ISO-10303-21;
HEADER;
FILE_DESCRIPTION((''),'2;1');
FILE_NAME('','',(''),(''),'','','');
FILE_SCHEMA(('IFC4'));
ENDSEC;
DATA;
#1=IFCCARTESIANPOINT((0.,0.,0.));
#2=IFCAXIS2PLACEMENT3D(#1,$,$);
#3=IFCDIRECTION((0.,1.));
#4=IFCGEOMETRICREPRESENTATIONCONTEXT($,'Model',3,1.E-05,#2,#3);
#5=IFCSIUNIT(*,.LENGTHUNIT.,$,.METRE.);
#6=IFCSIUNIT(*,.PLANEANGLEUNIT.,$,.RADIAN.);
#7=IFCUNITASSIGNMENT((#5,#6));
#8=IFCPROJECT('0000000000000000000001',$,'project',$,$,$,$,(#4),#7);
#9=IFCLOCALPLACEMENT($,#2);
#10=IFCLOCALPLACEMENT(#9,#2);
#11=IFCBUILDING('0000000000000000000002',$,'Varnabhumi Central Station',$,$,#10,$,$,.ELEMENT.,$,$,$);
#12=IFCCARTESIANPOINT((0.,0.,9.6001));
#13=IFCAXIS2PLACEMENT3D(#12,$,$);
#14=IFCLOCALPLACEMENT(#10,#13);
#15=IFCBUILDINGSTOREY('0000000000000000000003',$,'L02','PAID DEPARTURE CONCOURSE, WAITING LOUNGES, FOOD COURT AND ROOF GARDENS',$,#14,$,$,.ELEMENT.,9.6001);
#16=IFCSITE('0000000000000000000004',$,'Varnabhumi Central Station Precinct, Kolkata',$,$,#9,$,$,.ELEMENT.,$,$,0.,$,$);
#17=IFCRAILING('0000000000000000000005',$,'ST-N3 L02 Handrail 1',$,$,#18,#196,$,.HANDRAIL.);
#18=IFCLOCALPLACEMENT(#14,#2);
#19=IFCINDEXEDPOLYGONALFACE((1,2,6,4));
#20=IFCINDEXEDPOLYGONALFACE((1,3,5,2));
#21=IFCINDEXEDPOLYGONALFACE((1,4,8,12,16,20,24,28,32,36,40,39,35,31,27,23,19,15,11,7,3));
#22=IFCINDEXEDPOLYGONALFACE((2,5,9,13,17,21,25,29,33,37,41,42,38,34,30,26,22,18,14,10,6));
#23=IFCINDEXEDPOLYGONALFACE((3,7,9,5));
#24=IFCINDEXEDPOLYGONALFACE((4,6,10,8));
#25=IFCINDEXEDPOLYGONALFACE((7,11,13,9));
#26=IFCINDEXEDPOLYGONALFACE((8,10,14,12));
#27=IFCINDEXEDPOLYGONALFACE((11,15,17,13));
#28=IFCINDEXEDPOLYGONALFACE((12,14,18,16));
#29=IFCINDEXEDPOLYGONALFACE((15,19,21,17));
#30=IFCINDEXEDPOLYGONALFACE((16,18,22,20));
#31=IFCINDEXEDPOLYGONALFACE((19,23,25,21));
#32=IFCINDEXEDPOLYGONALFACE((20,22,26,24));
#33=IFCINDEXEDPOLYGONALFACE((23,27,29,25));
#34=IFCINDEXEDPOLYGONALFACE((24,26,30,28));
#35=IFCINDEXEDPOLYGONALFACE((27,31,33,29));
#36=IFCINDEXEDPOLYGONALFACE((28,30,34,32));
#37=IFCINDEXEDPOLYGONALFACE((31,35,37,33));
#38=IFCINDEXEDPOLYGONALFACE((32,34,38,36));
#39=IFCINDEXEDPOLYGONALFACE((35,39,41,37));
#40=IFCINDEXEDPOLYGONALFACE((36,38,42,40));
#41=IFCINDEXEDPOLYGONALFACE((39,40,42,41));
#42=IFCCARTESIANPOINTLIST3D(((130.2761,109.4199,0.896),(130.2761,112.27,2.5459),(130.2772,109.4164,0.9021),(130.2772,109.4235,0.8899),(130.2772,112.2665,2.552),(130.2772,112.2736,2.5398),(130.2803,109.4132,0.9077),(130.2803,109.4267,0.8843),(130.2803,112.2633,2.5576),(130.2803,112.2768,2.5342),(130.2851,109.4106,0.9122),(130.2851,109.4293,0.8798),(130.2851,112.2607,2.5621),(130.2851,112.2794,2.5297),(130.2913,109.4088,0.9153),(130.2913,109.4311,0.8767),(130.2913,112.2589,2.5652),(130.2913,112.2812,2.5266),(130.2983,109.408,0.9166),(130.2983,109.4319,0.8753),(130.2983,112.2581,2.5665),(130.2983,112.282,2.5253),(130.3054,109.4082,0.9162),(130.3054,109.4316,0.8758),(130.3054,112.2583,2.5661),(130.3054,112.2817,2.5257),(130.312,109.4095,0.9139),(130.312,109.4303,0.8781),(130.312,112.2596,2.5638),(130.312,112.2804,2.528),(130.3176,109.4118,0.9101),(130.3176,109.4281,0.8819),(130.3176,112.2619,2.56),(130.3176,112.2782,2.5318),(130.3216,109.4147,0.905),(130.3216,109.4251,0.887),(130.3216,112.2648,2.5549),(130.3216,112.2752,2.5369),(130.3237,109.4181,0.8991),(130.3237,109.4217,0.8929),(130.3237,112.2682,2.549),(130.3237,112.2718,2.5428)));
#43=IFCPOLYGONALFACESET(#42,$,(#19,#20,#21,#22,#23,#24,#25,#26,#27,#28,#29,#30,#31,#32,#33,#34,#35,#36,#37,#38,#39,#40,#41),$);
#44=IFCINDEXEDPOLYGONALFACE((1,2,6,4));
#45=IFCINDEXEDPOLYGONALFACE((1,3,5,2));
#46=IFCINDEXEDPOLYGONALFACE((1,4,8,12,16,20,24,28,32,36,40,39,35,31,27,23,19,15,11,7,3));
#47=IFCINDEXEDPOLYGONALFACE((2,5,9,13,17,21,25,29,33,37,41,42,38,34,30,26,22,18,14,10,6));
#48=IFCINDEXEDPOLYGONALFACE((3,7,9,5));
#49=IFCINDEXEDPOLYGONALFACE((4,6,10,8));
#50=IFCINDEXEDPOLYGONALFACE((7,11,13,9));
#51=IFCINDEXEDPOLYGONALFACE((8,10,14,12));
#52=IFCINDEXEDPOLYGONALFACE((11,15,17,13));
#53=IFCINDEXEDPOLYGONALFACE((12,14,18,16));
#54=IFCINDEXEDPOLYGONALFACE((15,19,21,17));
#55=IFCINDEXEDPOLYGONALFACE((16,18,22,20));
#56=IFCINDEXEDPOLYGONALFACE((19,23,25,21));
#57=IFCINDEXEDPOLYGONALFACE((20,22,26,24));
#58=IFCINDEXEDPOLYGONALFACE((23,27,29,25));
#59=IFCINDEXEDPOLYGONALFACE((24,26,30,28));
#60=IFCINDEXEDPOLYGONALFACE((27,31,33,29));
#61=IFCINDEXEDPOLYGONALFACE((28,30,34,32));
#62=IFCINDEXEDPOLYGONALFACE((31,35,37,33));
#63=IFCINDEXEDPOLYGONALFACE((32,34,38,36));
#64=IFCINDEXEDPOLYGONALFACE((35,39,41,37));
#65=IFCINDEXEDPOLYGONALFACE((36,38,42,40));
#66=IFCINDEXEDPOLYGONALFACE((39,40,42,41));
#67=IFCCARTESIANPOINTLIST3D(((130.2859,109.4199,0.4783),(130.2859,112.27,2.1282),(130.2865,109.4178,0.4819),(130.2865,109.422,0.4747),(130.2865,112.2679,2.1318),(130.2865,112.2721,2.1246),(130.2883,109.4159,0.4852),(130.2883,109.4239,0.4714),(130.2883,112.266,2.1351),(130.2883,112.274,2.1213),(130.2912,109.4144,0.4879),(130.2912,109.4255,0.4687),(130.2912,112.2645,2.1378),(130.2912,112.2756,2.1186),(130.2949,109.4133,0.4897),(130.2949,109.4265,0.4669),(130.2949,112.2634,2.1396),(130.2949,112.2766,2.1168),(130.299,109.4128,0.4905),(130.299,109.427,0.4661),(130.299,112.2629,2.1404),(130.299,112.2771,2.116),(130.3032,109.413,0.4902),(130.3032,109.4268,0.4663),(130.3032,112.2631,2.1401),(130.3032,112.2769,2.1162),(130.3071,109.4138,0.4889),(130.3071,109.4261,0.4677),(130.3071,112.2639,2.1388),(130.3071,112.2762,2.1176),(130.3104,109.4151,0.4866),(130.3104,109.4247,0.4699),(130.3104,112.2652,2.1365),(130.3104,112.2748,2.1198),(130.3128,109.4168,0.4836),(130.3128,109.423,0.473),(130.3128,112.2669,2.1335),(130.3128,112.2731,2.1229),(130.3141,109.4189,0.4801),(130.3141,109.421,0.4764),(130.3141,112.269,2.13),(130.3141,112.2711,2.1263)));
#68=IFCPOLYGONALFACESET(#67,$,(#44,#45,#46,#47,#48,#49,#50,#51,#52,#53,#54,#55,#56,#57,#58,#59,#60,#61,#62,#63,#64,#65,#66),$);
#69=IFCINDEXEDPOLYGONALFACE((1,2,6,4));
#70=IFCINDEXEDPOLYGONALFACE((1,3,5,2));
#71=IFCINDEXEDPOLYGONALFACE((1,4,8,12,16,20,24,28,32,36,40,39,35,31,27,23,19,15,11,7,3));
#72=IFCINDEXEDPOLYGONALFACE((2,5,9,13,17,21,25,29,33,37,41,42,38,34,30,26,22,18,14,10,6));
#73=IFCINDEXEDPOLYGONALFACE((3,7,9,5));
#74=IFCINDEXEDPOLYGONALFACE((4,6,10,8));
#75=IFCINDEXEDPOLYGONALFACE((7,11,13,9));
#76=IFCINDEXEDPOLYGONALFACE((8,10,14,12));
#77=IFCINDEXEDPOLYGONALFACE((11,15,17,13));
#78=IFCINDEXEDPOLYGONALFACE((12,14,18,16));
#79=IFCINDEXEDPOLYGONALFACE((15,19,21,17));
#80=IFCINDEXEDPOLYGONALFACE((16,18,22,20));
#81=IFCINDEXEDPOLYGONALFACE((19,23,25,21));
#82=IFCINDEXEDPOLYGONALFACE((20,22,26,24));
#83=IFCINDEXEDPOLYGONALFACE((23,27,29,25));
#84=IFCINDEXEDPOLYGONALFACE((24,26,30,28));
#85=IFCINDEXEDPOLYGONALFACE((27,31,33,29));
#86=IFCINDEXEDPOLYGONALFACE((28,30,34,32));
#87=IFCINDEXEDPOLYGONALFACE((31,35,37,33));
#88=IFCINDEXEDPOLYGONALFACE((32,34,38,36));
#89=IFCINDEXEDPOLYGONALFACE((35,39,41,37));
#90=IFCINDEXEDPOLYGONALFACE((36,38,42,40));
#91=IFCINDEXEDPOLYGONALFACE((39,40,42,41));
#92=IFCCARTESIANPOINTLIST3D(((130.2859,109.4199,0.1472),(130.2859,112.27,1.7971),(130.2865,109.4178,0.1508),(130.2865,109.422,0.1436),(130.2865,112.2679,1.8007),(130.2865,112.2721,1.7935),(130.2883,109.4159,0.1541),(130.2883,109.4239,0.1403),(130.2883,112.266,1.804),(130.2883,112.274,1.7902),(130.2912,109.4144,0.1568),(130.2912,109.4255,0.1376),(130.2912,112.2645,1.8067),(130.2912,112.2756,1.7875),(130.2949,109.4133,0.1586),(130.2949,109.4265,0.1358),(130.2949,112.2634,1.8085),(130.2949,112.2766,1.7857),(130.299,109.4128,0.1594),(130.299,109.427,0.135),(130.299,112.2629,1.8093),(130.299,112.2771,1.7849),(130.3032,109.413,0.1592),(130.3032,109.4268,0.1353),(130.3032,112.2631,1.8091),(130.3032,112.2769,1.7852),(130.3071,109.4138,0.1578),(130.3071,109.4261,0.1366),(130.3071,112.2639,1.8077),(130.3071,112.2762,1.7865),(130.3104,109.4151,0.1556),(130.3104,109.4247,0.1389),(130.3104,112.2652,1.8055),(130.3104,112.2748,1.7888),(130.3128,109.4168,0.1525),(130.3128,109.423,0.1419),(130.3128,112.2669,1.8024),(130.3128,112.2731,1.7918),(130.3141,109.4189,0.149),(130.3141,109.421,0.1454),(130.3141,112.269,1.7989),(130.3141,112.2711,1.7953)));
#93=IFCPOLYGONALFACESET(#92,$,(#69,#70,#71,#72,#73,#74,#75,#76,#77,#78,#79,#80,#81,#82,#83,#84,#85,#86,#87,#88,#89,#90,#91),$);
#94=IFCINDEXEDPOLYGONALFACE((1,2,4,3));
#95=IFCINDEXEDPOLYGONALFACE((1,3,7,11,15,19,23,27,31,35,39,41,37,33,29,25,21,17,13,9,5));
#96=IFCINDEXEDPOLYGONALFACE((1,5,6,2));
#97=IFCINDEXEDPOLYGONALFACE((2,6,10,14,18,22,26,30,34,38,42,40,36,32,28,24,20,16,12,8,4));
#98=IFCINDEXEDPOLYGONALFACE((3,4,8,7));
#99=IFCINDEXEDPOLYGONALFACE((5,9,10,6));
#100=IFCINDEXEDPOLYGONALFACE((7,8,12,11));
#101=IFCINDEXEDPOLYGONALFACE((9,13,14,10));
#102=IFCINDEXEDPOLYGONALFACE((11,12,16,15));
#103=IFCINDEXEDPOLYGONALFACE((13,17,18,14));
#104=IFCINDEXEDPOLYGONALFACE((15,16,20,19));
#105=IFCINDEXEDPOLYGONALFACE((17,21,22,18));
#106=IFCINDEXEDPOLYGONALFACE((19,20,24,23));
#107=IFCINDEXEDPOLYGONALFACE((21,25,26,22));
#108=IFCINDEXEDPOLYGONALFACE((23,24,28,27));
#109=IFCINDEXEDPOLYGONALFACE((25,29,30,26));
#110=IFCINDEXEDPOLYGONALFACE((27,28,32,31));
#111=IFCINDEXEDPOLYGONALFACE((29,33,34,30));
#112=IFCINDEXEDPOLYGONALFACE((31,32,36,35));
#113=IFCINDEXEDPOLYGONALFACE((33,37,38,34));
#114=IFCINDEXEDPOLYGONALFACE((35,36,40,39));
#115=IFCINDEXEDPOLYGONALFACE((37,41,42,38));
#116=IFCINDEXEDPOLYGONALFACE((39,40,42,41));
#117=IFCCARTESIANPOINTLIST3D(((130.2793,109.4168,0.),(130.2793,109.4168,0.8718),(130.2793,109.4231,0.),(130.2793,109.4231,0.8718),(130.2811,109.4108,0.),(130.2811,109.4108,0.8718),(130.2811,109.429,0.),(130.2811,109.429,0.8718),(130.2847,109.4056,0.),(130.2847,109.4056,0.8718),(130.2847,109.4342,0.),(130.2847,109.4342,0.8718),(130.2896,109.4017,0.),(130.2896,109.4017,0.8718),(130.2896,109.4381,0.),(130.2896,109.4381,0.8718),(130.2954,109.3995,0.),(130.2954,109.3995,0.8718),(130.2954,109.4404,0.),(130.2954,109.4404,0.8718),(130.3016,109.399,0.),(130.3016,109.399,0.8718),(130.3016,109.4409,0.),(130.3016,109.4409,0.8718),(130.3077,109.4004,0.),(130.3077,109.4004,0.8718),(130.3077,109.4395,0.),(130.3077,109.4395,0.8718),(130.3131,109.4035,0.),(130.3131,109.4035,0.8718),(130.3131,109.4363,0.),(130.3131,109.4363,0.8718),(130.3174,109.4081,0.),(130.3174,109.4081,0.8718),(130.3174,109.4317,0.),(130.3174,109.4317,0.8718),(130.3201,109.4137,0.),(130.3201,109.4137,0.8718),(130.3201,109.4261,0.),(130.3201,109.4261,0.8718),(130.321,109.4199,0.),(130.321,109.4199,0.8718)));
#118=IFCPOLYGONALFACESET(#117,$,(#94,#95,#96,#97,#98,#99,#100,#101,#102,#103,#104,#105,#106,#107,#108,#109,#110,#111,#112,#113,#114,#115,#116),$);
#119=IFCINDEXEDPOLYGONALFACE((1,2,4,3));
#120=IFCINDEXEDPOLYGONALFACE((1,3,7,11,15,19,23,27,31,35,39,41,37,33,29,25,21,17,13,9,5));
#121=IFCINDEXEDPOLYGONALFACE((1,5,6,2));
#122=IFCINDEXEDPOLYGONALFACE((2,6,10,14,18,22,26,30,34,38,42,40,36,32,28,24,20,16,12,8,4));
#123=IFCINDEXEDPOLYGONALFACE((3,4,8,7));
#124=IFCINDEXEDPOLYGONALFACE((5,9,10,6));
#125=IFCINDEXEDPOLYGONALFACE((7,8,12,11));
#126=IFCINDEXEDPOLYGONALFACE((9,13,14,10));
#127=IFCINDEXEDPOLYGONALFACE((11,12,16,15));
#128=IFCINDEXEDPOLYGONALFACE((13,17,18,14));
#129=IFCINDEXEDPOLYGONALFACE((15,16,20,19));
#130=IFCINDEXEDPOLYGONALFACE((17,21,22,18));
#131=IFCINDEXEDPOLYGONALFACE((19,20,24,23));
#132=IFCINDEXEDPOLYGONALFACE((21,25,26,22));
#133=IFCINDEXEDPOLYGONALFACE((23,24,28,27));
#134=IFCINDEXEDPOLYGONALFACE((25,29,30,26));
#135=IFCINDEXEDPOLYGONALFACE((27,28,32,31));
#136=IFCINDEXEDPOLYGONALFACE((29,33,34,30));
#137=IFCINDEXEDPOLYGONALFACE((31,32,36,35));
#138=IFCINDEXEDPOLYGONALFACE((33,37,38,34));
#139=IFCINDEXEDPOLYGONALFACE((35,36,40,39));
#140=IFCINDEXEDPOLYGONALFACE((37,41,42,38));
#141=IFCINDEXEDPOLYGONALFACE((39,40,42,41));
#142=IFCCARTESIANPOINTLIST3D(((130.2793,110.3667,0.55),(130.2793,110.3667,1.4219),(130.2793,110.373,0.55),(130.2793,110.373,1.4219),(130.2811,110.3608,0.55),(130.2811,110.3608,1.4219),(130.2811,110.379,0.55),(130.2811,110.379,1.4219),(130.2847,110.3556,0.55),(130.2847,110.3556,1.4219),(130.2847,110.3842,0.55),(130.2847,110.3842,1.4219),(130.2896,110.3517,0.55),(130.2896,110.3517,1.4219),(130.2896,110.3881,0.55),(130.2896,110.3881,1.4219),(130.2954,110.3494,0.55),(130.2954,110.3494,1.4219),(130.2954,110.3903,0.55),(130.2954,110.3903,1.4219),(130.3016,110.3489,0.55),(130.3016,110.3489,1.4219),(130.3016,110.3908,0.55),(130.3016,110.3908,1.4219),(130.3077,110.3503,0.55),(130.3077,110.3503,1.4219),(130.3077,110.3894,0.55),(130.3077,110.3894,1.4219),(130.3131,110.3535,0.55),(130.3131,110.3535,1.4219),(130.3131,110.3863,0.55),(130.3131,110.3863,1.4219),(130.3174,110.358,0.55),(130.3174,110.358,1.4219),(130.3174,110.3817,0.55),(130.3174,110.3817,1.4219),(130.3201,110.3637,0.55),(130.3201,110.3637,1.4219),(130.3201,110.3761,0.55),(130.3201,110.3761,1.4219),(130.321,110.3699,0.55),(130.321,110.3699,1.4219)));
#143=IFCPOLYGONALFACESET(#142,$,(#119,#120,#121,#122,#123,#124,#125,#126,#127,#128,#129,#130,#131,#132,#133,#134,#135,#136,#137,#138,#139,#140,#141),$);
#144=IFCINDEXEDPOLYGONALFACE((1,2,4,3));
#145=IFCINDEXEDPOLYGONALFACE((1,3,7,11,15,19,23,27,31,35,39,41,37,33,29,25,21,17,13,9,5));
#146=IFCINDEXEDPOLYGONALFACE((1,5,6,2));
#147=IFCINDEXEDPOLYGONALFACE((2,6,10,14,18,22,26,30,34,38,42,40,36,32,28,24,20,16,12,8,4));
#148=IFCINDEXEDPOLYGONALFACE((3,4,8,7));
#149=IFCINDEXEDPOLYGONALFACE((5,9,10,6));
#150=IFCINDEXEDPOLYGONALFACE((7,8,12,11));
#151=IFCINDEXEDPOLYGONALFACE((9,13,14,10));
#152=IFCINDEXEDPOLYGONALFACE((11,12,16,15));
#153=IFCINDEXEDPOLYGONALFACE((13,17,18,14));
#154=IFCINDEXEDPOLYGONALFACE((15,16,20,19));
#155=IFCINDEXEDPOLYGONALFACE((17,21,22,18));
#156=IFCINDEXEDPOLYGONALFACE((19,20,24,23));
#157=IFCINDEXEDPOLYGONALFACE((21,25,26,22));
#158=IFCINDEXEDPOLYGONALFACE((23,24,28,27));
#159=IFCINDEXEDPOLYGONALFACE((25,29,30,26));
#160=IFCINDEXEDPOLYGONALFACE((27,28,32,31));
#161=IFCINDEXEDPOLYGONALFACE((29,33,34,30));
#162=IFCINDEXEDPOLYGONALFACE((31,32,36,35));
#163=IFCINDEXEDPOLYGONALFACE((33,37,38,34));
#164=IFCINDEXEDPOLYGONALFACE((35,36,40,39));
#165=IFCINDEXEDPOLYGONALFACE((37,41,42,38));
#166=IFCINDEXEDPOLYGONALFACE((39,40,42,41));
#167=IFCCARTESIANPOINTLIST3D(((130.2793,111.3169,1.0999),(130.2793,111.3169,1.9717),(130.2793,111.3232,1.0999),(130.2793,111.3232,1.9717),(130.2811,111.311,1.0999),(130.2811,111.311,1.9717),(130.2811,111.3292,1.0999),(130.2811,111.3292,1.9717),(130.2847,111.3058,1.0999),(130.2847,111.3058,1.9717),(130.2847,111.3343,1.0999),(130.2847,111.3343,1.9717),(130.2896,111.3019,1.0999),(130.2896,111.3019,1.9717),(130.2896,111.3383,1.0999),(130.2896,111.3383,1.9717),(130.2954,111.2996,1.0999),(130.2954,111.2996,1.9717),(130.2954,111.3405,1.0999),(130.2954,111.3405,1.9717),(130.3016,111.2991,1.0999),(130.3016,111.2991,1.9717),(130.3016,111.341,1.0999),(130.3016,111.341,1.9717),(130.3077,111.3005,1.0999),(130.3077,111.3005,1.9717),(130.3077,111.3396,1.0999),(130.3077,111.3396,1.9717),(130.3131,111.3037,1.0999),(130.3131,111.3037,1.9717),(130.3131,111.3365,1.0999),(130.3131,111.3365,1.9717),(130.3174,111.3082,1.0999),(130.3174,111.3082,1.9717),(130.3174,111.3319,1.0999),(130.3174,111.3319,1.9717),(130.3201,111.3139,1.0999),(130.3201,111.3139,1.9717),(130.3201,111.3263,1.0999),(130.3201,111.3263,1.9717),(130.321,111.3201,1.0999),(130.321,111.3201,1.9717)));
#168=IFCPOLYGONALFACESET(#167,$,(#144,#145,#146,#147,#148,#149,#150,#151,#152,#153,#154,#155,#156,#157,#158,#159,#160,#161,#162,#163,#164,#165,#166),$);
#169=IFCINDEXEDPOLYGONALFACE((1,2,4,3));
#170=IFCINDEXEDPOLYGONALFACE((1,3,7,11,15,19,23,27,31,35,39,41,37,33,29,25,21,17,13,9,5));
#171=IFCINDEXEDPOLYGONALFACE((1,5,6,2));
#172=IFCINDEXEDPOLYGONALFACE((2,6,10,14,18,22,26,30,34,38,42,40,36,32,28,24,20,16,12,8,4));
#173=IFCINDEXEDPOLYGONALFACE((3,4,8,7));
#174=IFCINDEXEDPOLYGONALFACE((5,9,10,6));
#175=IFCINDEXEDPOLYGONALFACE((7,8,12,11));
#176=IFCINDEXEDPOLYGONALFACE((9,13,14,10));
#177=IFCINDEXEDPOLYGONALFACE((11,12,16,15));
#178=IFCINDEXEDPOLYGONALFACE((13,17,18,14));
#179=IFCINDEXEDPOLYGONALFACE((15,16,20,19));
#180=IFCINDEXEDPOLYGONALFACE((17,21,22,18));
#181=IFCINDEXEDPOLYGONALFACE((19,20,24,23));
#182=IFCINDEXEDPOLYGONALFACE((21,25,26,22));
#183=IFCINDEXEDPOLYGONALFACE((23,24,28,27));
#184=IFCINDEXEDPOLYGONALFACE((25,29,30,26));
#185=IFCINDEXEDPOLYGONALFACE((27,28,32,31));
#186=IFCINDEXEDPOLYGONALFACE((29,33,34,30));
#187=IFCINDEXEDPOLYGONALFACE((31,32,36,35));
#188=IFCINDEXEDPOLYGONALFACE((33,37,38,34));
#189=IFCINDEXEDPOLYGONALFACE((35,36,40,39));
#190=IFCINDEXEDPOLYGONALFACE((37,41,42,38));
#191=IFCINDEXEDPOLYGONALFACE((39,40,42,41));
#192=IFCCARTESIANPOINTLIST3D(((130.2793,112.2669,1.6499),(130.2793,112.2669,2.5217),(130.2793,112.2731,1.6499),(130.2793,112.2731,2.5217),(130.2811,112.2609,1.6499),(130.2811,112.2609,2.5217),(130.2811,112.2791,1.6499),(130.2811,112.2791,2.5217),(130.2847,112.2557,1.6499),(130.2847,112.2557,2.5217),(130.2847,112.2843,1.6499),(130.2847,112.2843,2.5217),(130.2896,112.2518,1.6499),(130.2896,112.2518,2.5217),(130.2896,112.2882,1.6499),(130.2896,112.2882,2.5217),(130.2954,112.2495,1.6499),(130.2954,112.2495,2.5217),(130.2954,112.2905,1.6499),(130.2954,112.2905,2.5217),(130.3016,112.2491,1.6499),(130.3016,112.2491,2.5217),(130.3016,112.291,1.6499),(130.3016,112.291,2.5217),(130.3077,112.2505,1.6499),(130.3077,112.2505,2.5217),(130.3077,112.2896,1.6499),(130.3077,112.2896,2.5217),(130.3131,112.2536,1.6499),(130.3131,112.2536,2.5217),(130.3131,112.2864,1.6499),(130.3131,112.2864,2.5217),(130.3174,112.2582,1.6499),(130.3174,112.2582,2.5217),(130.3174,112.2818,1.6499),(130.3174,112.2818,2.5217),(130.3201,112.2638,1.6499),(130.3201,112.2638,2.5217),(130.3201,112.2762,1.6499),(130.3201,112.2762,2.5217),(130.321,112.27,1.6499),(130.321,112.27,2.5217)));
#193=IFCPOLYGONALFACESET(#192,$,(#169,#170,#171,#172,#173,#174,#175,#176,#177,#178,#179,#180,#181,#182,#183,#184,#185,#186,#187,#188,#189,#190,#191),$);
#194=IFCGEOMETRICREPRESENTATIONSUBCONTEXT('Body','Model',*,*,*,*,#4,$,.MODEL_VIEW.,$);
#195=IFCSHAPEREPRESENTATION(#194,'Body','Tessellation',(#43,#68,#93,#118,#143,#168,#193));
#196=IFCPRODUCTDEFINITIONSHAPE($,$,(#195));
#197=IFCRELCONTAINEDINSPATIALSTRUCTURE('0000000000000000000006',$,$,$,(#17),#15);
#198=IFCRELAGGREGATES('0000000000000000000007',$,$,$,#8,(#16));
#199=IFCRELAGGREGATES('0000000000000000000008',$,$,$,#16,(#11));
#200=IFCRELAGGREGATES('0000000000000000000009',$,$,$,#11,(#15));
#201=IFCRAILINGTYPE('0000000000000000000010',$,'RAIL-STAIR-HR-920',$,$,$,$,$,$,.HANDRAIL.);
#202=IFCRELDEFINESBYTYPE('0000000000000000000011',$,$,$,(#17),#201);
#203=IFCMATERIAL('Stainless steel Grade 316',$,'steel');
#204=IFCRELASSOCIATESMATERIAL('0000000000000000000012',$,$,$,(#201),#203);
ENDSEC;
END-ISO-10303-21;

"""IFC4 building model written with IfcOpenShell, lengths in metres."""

from ifc_helpers import new_model, si_unit, direction, frame, origin, origin_2d, place, context, subcontext, project, spatial, circle, extrude, material, type_object, element, save


model = new_model("IFC4")

# Units and contexts
model_context = context("Model", 3, precision=1e-05, world=origin(), true_north=direction((0.0, 1.0)))
body_context = subcontext(model_context, "Body", "Model", "MODEL_VIEW")
ifc_project = project(units=[si_unit("LENGTHUNIT", "METRE"), si_unit("PLANEANGLEUNIT", "RADIAN")], contexts=[model_context])

# Site, building, storey
site_placement = place(None, origin())
site = spatial("IfcSite", under=ifc_project, at=site_placement, Name="Varnabhumi Central Station Precinct, Kolkata", CompositionType="ELEMENT", RefElevation=0.0)
building_placement = place(site_placement, origin())
building = spatial("IfcBuilding", under=site, at=building_placement, Name="Varnabhumi Central Station", CompositionType="ELEMENT")
storey_placement = place(building_placement, frame((0.0, 0.0, 9.6001)))
storey = spatial("IfcBuildingStorey", under=building, at=storey_placement, Name="L02", Description="PAID DEPARTURE CONCOURSE, WAITING LOUNGES, FOOD COURT AND ROOF GARDENS", CompositionType="ELEMENT", Elevation=9.6001)

# Shared definitions
ifc_material_1 = material(Name="Stainless steel Grade 316", Category="steel")

# Railing
railing_type_1 = type_object("IfcRailingType", Name="RAIL-STAIR-HR-920", PredefinedType="HANDRAIL", material=ifc_material_1)
railing_1_placement = place(storey_placement, frame((130.3, 109.4199, 0.0)))
element("IfcRailing", 1, at=railing_1_placement, inside=storey, type_object=railing_type_1, Name="ST-N3 L02 Handrail 1", PredefinedType="HANDRAIL", context=body_context, shape_type="SweptSolid", body=[
    extrude(circle(Radius=0.0239, at=origin_2d()), frame((0.0, 0.0, 0.896), z_axis=(0.0, 0.865447, 0.501001), x_axis=(-1.0, 0.0, 0.0)), (0.0, 0.0, 1.0), 3.2932),
    extrude(circle(Radius=0.0142, at=origin_2d()), frame((0.0, 0.0, 0.4783), z_axis=(0.0, 0.865447, 0.501001), x_axis=(-1.0, 0.0, 0.0)), (0.0, 0.0, 1.0), 3.2932),
    extrude(circle(Radius=0.0142, at=origin_2d()), frame((0.0, 0.0, 0.1472), z_axis=(0.0, 0.865447, 0.501001), x_axis=(-1.0, 0.0, 0.0)), (0.0, 0.0, 1.0), 3.2932),
    extrude(circle(Radius=0.021, at=origin_2d()), origin(), (0.0, 0.0, 1.0), 0.8718),
    extrude(circle(Radius=0.021, at=origin_2d()), frame((0.0, 0.95, 0.55)), (0.0, 0.0, 1.0), 0.8718),
    extrude(circle(Radius=0.021, at=origin_2d()), frame((0.0, 1.9001, 1.0999)), (0.0, 0.0, 1.0), 0.8718),
    extrude(circle(Radius=0.021, at=origin_2d()), frame((0.0, 2.8501, 1.6499)), (0.0, 0.0, 1.0), 0.8718),
])

save(model, "model.ifc")
